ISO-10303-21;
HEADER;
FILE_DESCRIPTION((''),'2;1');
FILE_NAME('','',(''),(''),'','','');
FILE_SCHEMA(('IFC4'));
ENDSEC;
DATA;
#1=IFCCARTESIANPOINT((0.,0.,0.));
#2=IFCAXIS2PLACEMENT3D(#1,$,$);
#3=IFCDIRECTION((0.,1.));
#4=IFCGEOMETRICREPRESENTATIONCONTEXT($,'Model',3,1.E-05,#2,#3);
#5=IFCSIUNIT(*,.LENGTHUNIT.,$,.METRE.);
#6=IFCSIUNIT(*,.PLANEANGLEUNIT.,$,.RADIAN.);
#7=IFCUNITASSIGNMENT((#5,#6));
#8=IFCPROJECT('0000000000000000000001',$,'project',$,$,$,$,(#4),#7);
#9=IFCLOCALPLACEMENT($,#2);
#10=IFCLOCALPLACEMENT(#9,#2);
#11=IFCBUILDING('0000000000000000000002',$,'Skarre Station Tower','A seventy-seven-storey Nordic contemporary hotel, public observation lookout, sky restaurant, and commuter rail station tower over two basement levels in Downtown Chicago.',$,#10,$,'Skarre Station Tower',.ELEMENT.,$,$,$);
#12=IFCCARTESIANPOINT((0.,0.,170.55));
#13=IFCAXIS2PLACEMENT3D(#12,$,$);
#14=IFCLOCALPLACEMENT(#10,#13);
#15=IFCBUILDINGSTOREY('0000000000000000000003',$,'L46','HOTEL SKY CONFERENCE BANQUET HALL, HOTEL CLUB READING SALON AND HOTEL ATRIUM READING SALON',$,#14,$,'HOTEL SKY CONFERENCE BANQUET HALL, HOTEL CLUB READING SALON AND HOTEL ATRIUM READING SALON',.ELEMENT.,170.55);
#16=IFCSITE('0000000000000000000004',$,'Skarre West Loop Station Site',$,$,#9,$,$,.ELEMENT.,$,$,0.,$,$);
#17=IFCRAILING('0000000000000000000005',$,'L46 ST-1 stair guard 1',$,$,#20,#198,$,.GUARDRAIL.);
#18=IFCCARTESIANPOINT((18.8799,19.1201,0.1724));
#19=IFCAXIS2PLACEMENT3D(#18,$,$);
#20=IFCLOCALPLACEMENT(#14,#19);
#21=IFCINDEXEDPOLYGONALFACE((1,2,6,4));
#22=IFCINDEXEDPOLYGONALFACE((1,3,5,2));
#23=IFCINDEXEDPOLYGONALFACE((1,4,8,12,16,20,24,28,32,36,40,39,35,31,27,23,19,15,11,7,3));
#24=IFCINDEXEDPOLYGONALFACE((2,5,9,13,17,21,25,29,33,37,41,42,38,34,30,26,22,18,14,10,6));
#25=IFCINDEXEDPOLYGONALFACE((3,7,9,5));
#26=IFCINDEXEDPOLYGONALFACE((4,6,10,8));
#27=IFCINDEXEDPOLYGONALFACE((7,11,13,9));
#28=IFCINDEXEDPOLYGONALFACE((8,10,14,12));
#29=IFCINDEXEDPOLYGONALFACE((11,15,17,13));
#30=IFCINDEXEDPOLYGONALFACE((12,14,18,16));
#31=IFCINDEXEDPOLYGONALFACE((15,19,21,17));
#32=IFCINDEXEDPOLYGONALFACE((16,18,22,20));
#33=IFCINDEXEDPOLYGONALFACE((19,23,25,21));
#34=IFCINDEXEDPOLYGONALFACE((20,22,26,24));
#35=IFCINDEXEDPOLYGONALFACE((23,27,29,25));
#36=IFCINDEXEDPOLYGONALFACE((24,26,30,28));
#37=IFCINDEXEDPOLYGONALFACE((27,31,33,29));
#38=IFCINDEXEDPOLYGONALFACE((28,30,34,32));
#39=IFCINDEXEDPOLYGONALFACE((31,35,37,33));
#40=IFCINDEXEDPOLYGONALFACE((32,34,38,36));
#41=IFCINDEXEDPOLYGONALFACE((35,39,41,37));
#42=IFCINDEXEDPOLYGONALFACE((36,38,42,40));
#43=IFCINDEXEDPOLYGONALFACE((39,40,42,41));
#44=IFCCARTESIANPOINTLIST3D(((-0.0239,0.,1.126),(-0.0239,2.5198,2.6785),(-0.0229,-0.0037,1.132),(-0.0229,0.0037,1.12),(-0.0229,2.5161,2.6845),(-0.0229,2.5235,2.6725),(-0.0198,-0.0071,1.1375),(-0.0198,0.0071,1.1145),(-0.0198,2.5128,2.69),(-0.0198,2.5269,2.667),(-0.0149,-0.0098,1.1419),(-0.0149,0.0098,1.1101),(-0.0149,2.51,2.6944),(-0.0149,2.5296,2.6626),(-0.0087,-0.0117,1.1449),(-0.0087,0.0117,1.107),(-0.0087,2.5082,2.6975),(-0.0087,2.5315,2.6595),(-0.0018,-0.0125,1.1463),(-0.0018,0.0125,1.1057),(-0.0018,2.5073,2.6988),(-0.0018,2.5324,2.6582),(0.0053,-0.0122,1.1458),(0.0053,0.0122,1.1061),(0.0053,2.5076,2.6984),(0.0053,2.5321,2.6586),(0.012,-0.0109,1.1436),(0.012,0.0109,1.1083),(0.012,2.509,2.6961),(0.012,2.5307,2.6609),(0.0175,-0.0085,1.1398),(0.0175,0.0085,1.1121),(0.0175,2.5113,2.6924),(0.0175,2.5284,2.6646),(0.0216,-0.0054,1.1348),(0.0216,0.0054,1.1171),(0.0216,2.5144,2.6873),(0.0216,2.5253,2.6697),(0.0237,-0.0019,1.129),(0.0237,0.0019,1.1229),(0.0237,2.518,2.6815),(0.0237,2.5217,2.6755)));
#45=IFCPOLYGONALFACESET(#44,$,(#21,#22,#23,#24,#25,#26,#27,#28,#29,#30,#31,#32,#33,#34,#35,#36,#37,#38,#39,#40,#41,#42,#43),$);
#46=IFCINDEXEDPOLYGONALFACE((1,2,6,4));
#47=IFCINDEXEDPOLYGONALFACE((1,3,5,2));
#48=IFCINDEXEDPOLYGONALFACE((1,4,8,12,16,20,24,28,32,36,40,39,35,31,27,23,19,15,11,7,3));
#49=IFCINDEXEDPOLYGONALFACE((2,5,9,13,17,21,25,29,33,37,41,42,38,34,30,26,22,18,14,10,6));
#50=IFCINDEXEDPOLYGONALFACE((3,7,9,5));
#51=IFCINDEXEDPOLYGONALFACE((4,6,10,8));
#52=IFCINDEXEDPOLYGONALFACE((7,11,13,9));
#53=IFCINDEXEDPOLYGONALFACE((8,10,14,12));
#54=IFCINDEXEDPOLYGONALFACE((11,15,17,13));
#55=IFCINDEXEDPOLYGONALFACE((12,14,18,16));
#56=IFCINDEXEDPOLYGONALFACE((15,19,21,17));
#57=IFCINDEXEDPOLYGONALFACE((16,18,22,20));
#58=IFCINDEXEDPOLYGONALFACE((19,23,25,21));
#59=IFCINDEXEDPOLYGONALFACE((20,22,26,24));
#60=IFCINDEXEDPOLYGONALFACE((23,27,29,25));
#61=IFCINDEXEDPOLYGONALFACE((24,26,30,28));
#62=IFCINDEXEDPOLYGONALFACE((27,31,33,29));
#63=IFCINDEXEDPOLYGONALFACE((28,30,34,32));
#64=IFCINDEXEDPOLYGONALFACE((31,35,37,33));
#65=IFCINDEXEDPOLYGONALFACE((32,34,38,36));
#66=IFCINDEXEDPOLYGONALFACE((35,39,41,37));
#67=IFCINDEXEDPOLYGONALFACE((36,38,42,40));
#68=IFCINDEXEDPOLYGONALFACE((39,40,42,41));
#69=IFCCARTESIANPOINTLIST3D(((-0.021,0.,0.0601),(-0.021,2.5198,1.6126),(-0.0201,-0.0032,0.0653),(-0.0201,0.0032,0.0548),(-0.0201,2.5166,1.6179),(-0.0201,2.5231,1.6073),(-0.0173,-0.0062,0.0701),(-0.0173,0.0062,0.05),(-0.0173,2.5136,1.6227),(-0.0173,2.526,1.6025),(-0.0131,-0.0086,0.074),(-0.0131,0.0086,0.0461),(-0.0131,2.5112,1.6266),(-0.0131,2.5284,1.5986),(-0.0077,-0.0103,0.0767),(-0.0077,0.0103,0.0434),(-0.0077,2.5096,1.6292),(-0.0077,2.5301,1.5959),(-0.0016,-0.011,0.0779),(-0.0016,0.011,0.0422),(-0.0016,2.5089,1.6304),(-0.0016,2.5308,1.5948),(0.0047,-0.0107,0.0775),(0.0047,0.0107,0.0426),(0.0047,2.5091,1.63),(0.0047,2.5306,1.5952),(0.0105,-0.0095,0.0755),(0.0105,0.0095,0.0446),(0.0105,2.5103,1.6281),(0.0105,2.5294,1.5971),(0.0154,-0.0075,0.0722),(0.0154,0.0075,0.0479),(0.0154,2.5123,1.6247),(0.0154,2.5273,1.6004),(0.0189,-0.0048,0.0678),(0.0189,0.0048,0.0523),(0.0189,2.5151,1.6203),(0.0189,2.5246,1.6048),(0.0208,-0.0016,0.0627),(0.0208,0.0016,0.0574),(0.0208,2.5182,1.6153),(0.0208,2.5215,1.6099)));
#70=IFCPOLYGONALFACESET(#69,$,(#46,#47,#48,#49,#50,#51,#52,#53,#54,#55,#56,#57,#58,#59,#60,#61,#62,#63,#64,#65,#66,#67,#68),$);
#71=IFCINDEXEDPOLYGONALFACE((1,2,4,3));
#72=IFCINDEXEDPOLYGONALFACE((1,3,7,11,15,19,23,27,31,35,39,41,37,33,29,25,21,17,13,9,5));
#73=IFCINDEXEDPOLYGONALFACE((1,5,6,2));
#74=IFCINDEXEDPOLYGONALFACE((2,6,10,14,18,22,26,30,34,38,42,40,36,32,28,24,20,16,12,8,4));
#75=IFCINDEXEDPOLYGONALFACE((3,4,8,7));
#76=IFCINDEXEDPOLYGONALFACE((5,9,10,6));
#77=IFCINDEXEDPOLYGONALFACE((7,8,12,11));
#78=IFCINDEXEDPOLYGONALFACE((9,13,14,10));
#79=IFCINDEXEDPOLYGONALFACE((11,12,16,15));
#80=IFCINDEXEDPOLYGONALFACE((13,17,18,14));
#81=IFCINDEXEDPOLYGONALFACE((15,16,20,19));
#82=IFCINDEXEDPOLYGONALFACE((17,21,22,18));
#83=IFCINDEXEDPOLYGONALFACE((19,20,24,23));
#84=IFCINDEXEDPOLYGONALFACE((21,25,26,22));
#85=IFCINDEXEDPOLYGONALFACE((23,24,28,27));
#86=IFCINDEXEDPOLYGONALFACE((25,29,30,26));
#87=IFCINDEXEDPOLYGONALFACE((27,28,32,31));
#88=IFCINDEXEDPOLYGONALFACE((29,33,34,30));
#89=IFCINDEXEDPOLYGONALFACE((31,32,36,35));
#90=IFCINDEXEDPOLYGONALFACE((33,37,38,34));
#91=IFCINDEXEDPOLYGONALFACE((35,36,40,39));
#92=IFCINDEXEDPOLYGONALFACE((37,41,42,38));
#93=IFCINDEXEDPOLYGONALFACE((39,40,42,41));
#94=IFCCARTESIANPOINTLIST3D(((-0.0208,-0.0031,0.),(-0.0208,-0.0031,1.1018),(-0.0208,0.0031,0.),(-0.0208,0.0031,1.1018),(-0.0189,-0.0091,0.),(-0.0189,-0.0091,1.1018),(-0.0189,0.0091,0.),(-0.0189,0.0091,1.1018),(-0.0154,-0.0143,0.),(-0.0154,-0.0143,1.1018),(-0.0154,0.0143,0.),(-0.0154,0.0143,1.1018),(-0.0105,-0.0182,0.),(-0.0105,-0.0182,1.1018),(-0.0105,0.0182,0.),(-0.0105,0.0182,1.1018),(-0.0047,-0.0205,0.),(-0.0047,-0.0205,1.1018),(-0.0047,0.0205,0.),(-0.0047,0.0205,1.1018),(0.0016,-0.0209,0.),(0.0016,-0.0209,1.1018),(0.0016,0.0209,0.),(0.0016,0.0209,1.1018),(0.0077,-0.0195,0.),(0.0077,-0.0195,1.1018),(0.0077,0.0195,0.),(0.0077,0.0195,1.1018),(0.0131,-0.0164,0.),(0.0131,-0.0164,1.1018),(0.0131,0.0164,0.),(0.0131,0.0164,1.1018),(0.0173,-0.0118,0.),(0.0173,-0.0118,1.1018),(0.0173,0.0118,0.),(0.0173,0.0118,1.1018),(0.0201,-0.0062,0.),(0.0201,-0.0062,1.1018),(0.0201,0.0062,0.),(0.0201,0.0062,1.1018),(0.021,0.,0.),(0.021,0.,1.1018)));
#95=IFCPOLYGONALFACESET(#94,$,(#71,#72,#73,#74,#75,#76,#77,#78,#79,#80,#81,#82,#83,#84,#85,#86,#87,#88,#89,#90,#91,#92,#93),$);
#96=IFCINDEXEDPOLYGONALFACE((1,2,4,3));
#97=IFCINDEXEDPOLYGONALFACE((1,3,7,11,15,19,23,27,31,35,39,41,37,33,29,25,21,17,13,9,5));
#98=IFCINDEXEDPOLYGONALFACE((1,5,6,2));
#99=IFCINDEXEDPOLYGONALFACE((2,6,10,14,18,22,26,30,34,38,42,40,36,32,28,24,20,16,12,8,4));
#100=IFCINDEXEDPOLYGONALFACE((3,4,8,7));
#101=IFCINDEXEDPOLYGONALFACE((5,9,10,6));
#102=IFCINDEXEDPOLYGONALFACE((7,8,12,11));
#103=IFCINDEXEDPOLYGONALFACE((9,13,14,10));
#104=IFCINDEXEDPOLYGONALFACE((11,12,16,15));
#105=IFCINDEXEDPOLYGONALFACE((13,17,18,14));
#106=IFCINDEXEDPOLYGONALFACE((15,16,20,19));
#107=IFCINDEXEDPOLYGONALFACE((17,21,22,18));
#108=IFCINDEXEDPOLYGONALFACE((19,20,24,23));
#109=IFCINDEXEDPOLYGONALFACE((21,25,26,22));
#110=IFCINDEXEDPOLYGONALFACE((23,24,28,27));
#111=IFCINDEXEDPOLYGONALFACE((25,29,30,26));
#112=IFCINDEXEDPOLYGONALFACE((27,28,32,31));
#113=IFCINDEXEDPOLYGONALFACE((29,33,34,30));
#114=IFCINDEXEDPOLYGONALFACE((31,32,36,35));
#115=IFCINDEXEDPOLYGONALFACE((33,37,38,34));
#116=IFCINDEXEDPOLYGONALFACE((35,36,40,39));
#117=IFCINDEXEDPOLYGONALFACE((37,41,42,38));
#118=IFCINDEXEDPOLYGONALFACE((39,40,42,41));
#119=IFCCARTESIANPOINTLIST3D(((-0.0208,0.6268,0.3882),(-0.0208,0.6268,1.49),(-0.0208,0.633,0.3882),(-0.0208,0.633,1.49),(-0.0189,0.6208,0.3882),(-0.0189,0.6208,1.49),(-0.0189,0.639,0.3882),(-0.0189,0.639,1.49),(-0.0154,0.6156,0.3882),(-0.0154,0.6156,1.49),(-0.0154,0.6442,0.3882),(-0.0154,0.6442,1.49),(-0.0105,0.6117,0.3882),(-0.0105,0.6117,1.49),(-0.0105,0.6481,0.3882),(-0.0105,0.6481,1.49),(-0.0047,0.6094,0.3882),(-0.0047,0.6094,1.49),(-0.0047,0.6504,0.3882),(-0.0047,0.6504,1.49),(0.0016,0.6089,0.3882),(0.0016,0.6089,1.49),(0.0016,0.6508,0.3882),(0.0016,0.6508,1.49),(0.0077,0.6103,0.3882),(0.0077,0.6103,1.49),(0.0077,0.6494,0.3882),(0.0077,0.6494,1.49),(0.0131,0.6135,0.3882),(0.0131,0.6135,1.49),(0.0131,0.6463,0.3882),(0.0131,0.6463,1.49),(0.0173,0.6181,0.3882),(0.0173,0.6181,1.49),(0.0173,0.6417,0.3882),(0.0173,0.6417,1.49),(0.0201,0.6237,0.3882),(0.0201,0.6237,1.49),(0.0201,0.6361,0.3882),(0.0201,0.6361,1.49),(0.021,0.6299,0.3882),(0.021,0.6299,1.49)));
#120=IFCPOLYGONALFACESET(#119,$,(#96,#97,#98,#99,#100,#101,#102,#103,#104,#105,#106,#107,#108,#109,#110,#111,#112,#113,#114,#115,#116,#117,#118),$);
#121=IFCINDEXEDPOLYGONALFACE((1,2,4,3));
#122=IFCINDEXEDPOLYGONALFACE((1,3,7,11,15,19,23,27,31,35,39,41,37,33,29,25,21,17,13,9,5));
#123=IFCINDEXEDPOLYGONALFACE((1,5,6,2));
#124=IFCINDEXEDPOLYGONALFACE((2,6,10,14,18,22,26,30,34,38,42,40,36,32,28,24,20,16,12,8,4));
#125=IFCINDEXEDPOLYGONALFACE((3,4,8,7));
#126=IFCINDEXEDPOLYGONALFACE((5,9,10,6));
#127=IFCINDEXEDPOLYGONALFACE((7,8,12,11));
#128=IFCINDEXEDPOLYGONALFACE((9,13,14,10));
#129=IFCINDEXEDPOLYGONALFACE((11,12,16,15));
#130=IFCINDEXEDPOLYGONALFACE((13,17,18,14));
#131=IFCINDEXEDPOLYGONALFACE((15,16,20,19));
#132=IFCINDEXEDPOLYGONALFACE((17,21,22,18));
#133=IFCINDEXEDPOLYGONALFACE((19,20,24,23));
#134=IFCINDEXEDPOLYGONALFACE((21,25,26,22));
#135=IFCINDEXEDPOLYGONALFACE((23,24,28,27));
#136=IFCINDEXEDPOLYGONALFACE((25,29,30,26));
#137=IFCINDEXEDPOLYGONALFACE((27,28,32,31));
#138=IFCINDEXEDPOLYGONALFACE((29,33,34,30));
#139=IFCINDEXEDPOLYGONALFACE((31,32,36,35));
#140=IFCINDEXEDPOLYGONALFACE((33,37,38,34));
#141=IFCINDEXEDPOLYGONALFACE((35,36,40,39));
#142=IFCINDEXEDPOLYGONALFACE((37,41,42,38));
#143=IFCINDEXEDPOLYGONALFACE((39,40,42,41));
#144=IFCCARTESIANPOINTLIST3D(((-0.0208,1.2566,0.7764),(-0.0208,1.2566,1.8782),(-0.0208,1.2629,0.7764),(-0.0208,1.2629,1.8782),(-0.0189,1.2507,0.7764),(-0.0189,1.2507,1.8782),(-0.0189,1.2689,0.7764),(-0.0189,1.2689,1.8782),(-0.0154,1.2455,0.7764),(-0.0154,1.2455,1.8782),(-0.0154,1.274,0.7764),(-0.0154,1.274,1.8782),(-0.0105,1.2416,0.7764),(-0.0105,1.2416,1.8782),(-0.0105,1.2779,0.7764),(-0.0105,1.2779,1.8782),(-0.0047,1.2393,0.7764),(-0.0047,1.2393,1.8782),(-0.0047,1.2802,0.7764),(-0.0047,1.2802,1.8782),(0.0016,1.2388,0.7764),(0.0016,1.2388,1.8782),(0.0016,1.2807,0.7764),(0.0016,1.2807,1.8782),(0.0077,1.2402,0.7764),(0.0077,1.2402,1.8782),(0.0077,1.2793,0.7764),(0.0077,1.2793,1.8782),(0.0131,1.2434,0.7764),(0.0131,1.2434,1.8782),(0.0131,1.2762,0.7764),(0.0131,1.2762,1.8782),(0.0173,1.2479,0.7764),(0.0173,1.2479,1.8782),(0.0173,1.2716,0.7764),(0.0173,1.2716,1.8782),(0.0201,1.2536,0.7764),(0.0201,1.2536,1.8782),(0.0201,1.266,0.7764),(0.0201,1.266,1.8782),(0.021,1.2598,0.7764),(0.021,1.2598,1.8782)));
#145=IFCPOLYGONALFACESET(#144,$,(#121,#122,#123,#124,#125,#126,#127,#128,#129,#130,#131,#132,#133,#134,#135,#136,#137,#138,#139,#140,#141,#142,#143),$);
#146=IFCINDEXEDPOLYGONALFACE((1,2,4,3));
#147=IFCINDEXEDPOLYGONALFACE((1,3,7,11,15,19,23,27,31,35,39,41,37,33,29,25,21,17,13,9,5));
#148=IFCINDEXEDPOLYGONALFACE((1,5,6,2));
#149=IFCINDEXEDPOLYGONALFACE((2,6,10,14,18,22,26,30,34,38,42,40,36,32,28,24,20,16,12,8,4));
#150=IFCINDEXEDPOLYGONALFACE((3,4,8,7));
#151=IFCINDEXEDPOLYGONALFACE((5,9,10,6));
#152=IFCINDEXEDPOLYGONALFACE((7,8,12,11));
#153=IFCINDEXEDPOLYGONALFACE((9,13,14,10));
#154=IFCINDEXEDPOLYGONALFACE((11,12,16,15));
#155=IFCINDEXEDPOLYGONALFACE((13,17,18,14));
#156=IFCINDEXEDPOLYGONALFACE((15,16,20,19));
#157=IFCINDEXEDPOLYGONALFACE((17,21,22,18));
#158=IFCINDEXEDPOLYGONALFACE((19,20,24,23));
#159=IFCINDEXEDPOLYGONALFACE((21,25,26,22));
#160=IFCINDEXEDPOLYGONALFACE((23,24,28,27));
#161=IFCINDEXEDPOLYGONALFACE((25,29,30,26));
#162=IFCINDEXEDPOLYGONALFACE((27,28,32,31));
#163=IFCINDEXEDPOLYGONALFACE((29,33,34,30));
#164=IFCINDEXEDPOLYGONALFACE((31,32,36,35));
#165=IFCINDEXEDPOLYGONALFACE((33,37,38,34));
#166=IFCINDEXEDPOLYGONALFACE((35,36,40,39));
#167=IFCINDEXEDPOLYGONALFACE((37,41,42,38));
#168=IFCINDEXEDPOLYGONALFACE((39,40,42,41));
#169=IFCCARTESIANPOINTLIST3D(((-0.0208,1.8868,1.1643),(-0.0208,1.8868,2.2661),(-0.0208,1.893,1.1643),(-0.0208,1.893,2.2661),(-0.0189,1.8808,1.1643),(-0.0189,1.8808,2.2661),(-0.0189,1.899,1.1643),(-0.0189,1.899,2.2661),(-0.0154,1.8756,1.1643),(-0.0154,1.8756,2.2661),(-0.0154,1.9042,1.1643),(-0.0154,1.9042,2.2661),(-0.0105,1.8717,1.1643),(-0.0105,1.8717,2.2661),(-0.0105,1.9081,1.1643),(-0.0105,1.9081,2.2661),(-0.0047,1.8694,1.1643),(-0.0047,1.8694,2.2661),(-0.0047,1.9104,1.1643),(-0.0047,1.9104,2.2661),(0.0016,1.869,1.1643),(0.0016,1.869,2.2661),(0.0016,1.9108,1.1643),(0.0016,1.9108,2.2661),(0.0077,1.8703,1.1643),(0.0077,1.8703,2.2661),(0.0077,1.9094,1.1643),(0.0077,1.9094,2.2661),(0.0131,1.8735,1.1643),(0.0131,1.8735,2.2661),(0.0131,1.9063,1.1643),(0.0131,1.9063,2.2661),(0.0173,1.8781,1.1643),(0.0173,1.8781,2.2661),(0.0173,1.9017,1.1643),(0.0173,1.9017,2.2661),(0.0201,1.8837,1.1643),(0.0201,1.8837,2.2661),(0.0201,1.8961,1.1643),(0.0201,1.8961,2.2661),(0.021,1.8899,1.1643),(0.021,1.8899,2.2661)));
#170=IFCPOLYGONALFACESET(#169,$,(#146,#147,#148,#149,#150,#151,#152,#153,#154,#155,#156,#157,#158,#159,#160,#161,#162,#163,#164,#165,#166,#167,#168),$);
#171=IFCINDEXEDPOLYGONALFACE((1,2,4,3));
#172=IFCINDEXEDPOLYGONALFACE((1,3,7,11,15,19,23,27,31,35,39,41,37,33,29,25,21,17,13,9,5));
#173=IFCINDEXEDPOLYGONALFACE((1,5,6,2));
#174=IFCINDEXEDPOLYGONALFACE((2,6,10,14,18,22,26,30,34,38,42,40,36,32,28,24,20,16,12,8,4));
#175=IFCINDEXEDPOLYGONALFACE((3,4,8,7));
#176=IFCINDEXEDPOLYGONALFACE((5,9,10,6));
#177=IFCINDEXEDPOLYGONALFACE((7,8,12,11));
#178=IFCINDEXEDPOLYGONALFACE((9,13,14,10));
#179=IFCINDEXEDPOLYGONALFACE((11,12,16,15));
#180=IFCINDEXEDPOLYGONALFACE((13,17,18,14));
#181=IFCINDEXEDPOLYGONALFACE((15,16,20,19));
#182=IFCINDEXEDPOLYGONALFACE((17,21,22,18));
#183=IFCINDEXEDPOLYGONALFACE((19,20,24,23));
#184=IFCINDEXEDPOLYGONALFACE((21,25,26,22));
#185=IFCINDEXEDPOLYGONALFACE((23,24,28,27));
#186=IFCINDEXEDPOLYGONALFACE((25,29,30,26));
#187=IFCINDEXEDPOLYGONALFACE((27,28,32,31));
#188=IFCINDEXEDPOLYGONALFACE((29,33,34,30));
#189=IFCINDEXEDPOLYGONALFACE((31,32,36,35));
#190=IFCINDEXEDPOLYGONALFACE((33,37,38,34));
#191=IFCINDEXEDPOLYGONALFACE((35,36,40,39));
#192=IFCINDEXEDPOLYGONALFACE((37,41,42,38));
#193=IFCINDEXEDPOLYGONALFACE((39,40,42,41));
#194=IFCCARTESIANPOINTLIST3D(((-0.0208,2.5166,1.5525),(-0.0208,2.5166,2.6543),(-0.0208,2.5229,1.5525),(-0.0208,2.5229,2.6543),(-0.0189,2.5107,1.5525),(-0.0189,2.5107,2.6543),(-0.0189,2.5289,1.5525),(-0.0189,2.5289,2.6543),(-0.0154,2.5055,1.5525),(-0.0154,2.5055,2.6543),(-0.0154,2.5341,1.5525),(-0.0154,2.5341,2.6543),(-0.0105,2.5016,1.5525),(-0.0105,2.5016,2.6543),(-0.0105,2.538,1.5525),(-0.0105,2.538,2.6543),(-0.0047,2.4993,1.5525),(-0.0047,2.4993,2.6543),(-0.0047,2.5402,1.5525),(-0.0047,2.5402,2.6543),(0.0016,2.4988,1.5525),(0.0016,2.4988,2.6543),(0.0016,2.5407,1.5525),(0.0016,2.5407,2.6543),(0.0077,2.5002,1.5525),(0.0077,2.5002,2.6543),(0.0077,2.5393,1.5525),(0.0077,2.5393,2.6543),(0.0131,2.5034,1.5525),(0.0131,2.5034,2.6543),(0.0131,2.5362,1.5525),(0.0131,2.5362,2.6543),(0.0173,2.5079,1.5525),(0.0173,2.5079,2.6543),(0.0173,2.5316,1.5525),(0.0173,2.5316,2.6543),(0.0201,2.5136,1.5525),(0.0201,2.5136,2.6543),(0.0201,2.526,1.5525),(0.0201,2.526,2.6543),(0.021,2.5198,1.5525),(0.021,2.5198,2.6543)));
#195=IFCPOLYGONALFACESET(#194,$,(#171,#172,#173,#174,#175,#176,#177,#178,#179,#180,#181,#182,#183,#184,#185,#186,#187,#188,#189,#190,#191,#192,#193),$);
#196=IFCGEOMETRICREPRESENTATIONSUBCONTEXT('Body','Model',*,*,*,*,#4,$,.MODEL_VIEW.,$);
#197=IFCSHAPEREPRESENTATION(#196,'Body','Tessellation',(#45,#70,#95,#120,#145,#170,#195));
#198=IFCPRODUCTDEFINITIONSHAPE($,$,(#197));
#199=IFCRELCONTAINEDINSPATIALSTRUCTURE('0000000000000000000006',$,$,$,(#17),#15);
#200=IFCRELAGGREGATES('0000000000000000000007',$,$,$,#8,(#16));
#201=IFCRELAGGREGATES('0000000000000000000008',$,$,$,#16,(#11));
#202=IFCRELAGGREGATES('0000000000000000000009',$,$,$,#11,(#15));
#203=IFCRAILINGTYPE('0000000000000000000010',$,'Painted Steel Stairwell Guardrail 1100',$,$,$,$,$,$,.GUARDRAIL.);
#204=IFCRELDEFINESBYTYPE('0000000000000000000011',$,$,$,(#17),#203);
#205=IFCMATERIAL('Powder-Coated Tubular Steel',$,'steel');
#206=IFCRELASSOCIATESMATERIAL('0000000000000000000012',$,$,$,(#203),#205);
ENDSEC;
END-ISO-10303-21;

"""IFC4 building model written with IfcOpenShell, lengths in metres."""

from ifc_helpers import new_model, si_unit, direction, frame, origin, origin_2d, place, context, subcontext, project, spatial, circle, extrude, material, type_object, element, save


model = new_model("IFC4")

# Units and contexts
model_context = context("Model", 3, precision=1e-05, world=origin(), true_north=direction((0.0, 1.0)))
body_context = subcontext(model_context, "Body", "Model", "MODEL_VIEW")
ifc_project = project(units=[si_unit("LENGTHUNIT", "METRE"), si_unit("PLANEANGLEUNIT", "RADIAN")], contexts=[model_context])

# Site, building, storey
site_placement = place(None, origin())
site = spatial("IfcSite", under=ifc_project, at=site_placement, Name="Skarre West Loop Station Site", CompositionType="ELEMENT", RefElevation=0.0)
building_placement = place(site_placement, origin())
building = spatial("IfcBuilding", under=site, at=building_placement, Name="Skarre Station Tower", Description="A seventy-seven-storey Nordic contemporary hotel, public observation lookout, sky restaurant, and commuter rail station tower over two basement levels in Downtown Chicago.", LongName="Skarre Station Tower", CompositionType="ELEMENT")
storey_placement = place(building_placement, frame((0.0, 0.0, 170.55)))
storey = spatial("IfcBuildingStorey", under=building, at=storey_placement, Name="L46", Description="HOTEL SKY CONFERENCE BANQUET HALL, HOTEL CLUB READING SALON AND HOTEL ATRIUM READING SALON", LongName="HOTEL SKY CONFERENCE BANQUET HALL, HOTEL CLUB READING SALON AND HOTEL ATRIUM READING SALON", CompositionType="ELEMENT", Elevation=170.55)

# Railing
ifc_material_1 = material(Name="Powder-Coated Tubular Steel", Category="steel")
railing_type = type_object("IfcRailingType", Name="Painted Steel Stairwell Guardrail 1100", PredefinedType="GUARDRAIL", material=ifc_material_1)
railing_1_placement = place(storey_placement, frame((18.8799, 19.1201, 0.1724)))
element("IfcRailing", 1, at=railing_1_placement, inside=storey, type_object=railing_type, Name="L46 ST-1 stair guard 1", PredefinedType="GUARDRAIL", context=body_context, shape_type="SweptSolid", body=[
    extrude(circle(Radius=0.0239, at=origin_2d()), frame((0.0, 0.0, 1.126), z_axis=(0.0, 0.851378, 0.524553), x_axis=(-1.0, 0.0, 0.0)), (0.0, 0.0, 1.0), 2.9597),
    extrude(circle(Radius=0.021, at=origin_2d()), frame((0.0, 0.0, 0.0601), z_axis=(0.0, 0.851378, 0.524553), x_axis=(-1.0, 0.0, 0.0)), (0.0, 0.0, 1.0), 2.9597),
    extrude(circle(Radius=0.021, at=origin_2d()), origin(), (0.0, 0.0, 1.0), 1.1018),
    extrude(circle(Radius=0.021, at=origin_2d()), frame((0.0, 0.6299, 0.3882)), (0.0, 0.0, 1.0), 1.1018),
    extrude(circle(Radius=0.021, at=origin_2d()), frame((0.0, 1.2598, 0.7764)), (0.0, 0.0, 1.0), 1.1018),
    extrude(circle(Radius=0.021, at=origin_2d()), frame((0.0, 1.8899, 1.1643)), (0.0, 0.0, 1.0), 1.1018),
    extrude(circle(Radius=0.021, at=origin_2d()), frame((0.0, 2.5198, 1.5525)), (0.0, 0.0, 1.0), 1.1018),
])

save(model, "model.ifc")
